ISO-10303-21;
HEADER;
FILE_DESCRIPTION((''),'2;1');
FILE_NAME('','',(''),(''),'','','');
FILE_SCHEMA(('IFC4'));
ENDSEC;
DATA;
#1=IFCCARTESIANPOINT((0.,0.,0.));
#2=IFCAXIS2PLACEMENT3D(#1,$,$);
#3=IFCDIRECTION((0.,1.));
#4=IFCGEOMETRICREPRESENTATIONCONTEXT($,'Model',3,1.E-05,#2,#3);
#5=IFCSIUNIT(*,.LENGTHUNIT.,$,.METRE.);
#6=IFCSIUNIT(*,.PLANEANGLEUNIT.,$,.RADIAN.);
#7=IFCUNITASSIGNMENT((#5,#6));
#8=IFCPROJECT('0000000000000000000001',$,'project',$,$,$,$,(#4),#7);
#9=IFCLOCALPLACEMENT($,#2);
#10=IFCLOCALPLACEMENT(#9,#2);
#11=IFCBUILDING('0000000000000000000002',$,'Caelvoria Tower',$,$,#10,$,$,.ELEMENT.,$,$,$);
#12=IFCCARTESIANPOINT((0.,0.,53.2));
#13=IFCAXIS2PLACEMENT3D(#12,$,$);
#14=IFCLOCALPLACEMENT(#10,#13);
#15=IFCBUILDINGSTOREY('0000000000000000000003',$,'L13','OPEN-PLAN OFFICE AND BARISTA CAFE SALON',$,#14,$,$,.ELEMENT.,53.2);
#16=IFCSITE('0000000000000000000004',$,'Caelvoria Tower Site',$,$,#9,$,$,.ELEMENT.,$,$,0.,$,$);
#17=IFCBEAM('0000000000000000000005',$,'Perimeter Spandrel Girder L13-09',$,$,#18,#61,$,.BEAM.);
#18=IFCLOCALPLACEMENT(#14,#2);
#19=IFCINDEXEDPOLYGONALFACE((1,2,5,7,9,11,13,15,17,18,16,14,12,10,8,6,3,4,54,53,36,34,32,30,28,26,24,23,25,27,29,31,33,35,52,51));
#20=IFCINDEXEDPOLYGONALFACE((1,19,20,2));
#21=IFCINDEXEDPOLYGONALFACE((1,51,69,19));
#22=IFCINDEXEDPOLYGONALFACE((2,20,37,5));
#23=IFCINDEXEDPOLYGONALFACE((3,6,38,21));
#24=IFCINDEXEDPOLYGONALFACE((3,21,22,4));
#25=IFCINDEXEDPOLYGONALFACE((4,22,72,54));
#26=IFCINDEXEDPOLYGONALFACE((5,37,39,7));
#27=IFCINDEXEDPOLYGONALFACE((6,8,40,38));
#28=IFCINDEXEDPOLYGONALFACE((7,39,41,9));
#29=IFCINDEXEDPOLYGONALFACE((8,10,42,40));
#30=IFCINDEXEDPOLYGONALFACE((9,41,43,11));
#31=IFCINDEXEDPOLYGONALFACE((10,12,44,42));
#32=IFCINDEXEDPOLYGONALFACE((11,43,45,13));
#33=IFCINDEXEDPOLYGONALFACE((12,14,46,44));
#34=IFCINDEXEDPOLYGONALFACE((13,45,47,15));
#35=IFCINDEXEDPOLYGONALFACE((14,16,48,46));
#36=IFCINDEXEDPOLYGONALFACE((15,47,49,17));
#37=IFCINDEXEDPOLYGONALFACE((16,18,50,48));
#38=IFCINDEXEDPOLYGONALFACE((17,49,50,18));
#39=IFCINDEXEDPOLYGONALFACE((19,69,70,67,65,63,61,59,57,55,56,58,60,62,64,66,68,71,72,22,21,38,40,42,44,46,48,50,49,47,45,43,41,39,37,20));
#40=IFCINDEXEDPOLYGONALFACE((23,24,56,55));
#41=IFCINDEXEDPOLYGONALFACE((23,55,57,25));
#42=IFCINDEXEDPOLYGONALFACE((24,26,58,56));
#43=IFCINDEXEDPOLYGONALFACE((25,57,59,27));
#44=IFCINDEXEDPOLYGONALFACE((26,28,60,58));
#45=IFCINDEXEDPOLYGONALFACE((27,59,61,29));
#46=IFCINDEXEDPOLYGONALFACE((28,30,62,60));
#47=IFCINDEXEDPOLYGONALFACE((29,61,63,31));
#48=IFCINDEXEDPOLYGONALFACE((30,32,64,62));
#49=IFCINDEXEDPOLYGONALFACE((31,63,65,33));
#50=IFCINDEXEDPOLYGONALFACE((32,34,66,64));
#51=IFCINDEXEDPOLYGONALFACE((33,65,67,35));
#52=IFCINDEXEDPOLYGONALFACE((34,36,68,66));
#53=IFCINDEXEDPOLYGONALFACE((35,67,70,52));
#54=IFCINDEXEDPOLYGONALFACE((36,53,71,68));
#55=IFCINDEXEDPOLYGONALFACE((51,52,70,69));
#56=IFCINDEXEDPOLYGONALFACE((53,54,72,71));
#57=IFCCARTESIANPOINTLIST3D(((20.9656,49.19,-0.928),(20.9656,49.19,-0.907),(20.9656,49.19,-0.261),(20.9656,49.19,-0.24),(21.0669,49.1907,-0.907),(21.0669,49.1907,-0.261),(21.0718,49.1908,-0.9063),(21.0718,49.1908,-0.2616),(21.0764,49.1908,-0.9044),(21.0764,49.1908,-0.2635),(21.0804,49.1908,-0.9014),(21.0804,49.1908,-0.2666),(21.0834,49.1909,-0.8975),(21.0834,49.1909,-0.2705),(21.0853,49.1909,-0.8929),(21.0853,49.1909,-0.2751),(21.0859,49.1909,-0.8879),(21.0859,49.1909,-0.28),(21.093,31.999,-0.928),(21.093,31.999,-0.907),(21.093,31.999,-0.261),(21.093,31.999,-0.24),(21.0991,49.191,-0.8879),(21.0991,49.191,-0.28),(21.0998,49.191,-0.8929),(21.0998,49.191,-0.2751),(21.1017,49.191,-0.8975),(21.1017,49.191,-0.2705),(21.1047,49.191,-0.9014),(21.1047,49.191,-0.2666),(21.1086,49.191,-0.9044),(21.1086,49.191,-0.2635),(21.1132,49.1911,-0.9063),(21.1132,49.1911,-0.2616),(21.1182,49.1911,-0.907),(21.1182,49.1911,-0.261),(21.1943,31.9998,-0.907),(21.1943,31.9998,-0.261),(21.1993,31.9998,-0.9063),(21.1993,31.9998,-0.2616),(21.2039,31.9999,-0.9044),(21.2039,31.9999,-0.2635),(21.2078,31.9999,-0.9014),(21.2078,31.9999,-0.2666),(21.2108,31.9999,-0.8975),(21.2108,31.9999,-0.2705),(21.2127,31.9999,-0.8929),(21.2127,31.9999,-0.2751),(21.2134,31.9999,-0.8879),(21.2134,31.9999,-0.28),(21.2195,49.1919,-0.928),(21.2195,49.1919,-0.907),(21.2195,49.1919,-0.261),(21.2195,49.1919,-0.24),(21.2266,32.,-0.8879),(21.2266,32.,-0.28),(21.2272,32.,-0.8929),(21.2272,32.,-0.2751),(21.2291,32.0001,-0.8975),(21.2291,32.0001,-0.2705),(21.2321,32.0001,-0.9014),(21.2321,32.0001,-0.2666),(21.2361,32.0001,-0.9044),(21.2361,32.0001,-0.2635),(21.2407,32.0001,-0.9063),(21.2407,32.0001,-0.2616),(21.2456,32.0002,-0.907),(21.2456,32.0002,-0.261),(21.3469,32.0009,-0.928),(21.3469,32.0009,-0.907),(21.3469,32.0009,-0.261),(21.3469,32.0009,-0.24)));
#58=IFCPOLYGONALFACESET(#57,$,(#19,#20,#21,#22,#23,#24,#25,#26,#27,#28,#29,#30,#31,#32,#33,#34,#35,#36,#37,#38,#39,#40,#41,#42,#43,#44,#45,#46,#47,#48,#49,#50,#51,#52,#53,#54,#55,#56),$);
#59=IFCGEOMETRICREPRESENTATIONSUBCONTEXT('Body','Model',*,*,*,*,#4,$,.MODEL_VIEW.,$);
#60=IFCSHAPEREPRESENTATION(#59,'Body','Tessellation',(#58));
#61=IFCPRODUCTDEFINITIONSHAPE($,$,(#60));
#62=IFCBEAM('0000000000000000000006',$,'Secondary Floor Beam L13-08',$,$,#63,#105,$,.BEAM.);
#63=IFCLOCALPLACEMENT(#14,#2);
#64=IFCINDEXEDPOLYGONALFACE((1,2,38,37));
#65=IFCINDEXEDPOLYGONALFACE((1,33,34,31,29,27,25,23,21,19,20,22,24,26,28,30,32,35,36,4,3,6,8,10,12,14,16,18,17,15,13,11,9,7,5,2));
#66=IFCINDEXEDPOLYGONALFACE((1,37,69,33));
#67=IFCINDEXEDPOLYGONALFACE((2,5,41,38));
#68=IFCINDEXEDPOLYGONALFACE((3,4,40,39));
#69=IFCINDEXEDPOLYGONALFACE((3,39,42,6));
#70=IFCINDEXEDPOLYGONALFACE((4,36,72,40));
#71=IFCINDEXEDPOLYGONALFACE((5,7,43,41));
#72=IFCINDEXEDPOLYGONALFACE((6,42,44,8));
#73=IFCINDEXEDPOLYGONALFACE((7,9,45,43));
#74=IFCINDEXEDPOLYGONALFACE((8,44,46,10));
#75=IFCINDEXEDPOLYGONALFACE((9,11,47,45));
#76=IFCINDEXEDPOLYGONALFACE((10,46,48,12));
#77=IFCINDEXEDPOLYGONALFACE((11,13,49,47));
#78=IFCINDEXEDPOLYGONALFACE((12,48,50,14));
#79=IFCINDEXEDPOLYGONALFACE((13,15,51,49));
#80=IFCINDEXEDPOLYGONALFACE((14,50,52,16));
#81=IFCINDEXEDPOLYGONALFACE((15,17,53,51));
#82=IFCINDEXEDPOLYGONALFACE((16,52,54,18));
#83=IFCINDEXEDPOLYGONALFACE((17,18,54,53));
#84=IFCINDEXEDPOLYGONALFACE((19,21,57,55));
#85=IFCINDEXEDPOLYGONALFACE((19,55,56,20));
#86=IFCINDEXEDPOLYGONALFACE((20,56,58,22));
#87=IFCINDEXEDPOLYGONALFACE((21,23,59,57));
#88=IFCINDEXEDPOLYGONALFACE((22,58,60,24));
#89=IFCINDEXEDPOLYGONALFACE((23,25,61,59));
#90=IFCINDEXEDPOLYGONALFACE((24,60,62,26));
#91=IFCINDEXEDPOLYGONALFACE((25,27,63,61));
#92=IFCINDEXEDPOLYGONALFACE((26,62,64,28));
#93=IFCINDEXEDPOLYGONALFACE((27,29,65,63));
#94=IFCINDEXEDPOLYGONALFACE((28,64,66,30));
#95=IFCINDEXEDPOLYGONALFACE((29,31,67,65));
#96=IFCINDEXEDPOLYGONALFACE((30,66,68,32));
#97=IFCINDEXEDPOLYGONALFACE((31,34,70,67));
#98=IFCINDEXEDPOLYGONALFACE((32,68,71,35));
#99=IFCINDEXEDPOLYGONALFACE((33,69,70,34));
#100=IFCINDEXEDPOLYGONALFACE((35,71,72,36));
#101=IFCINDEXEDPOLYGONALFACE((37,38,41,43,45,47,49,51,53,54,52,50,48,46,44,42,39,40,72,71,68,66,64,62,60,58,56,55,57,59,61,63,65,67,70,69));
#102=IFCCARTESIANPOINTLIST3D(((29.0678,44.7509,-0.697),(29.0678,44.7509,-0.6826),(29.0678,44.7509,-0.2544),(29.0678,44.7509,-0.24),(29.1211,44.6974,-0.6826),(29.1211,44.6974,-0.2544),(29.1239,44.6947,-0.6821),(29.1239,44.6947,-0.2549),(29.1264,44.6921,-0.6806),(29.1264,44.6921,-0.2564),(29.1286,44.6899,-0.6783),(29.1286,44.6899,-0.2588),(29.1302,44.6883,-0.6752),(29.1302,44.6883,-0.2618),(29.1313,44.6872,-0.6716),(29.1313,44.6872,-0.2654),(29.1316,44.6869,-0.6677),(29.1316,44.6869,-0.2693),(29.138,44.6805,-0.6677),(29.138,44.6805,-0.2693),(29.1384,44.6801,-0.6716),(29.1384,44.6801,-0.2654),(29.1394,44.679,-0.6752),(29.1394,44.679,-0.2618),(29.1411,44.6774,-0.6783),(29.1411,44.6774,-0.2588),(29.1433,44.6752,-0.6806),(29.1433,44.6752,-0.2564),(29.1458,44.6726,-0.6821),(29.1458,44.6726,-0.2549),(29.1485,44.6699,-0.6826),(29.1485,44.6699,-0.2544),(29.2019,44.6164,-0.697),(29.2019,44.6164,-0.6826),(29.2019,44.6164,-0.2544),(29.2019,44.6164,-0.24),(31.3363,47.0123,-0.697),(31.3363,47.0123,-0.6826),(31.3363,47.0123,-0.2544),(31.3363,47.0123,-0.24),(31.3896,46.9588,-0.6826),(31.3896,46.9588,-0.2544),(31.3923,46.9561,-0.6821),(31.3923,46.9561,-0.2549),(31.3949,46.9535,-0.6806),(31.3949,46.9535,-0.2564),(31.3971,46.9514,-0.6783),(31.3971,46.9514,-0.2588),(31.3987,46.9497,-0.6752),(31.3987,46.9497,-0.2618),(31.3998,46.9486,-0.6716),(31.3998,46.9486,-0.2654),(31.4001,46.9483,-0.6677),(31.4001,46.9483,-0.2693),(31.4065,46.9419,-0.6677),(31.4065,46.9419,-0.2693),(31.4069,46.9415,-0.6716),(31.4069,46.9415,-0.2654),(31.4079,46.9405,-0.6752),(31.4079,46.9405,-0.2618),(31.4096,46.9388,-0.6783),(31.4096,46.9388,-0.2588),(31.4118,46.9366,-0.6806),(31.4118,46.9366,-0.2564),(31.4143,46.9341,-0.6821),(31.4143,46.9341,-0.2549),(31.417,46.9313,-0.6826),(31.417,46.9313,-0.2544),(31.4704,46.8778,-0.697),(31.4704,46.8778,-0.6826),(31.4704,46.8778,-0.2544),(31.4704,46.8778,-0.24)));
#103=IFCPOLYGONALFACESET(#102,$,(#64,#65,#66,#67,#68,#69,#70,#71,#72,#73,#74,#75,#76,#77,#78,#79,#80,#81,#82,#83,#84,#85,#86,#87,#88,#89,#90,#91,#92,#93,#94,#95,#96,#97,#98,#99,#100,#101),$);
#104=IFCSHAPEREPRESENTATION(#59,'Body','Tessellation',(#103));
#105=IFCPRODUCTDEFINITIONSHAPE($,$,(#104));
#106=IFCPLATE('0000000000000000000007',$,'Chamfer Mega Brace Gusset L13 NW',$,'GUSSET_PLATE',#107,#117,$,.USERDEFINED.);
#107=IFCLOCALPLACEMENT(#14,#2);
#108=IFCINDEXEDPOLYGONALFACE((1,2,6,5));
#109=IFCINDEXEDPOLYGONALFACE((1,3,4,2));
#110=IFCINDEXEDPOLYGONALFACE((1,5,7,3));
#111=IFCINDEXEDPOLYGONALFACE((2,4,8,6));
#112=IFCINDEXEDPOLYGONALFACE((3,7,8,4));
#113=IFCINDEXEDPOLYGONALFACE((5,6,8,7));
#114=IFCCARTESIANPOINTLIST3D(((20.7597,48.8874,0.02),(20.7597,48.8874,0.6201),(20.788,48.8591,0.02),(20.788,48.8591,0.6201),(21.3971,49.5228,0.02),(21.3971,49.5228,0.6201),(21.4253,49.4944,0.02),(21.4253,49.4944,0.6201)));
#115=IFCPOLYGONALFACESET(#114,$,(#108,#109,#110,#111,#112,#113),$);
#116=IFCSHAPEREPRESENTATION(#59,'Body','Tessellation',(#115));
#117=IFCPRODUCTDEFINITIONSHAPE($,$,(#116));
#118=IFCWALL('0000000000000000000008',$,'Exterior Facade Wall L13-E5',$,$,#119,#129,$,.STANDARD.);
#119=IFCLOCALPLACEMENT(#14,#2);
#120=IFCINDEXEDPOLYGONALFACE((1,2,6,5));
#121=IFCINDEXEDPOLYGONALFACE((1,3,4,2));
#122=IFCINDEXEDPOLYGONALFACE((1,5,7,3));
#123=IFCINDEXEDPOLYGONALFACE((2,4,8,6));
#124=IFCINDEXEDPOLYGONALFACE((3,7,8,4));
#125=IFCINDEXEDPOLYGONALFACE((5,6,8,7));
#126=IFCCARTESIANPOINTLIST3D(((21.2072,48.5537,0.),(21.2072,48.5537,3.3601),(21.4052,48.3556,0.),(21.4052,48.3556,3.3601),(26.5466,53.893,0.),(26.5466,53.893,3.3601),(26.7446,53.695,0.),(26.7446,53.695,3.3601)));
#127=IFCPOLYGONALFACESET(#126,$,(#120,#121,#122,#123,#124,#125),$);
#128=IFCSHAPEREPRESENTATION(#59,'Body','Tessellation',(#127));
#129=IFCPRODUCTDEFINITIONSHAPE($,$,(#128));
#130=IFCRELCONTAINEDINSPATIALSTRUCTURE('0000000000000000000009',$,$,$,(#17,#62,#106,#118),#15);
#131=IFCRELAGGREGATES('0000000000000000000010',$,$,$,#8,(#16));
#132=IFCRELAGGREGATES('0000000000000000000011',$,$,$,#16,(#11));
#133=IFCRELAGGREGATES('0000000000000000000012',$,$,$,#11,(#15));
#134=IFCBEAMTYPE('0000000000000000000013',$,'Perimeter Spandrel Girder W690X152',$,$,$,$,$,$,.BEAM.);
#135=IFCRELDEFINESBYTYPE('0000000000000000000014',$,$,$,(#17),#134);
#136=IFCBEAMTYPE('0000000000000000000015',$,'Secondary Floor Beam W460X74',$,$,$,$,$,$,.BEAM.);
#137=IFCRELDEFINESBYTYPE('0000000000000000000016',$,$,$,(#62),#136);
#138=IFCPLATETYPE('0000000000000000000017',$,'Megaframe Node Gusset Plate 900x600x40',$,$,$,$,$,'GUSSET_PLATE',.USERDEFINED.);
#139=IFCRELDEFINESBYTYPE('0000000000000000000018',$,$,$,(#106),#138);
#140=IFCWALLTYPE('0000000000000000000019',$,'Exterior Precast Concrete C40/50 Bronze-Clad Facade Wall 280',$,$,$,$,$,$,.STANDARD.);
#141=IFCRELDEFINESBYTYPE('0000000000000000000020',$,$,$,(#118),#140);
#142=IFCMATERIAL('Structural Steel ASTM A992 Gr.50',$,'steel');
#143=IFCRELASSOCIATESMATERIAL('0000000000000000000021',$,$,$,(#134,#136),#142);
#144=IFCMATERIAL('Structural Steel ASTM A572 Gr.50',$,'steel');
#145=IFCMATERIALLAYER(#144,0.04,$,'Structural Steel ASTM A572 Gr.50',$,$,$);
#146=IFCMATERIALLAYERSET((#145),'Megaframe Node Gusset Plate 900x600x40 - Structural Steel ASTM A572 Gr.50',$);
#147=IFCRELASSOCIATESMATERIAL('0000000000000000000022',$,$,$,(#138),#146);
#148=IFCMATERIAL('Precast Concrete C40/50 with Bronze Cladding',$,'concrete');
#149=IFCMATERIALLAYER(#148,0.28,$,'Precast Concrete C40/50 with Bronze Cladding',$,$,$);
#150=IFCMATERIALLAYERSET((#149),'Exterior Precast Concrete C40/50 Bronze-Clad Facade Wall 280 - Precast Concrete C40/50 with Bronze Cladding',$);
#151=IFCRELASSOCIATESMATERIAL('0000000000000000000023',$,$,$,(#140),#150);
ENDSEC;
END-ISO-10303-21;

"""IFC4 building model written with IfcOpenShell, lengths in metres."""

from ifc_helpers import new_model, si_unit, direction, frame, frame_2d, origin, origin_2d, place, context, subcontext, project, spatial, rectangle, i_section, extrude, material, layer, layer_set, material_profile, profile_set, type_object, element, save


model = new_model("IFC4")

# Units and contexts
model_context = context("Model", 3, precision=1e-05, world=origin(), true_north=direction((0.0, 1.0)))
body_context = subcontext(model_context, "Body", "Model", "MODEL_VIEW")
ifc_project = project(units=[si_unit("LENGTHUNIT", "METRE"), si_unit("PLANEANGLEUNIT", "RADIAN")], contexts=[model_context])

# Site, building, storey
site_placement = place(None, origin())
site = spatial("IfcSite", under=ifc_project, at=site_placement, Name="Caelvoria Tower Site", CompositionType="ELEMENT", RefElevation=0.0)
building_placement = place(site_placement, origin())
building = spatial("IfcBuilding", under=site, at=building_placement, Name="Caelvoria Tower", CompositionType="ELEMENT")
storey_placement = place(building_placement, frame((0.0, 0.0, 53.2)))
storey = spatial("IfcBuildingStorey", under=building, at=storey_placement, Name="L13", Description="OPEN-PLAN OFFICE AND BARISTA CAFE SALON", CompositionType="ELEMENT", Elevation=53.2)

# Shared definitions
ifc_material_1 = material(Name="Structural Steel ASTM A572 Gr.50", Category="steel")

# Beams
ifc_material_2 = material(Name="Structural Steel ASTM A992 Gr.50", Category="steel")
ifc_material_profile_1 = material_profile(ifc_material_2, i_section(OverallWidth=0.2539, OverallDepth=0.688, WebThickness=0.0132, FlangeThickness=0.021, FilletRadius=0.019, at=origin_2d()), Name="Structural Steel ASTM A992 Gr.50")
ifc_profile_set_1 = profile_set([ifc_material_profile_1], Name="W690X152 - Structural Steel ASTM A992 Gr.50")
beam_type_1 = type_object("IfcBeamType", Name="Perimeter Spandrel Girder W690X152", PredefinedType="BEAM", material=ifc_profile_set_1)
beam_1_placement = place(storey_placement, frame((21.0925, 49.1909, -0.584), z_axis=(0.007413, -0.999973, 0.0), x_axis=(0.999973, 0.007413, 0.0)))
element("IfcBeam", 1, at=beam_1_placement, inside=storey, type_object=beam_type_1, Name="Perimeter Spandrel Girder L13-09", PredefinedType="BEAM", context=body_context, shape_type="SweptSolid", body=[
    extrude(i_section(OverallWidth=0.2539, OverallDepth=0.688, WebThickness=0.0132, FlangeThickness=0.021, FilletRadius=0.019, at=origin_2d()), origin(), (0.0, 0.0, 1.0), 17.1914),
])
ifc_material_profile_2 = material_profile(ifc_material_2, i_section(OverallWidth=0.1899, OverallDepth=0.457, WebThickness=0.009, FlangeThickness=0.0144, FilletRadius=0.0149, at=origin_2d()), Name="Structural Steel ASTM A992 Gr.50")
ifc_profile_set_2 = profile_set([ifc_material_profile_2], Name="W460X74 - Structural Steel ASTM A992 Gr.50")
beam_type_2 = type_object("IfcBeamType", Name="Secondary Floor Beam W460X74", PredefinedType="BEAM", material=ifc_profile_set_2)
beam_2_placement = place(storey_placement, frame((31.4033, 46.9451, -0.4685), z_axis=(-0.708211, -0.706001, 0.0), x_axis=(0.706001, -0.708211, 0.0)))
element("IfcBeam", 2, at=beam_2_placement, inside=storey, type_object=beam_type_2, Name="Secondary Floor Beam L13-08", PredefinedType="BEAM", context=body_context, shape_type="SweptSolid", body=[
    extrude(i_section(OverallWidth=0.1899, OverallDepth=0.457, WebThickness=0.009, FlangeThickness=0.0144, FilletRadius=0.0149, at=origin_2d()), origin(), (0.0, 0.0, 1.0), 3.2031),
])

# Plate
ifc_layer_1 = layer(ifc_material_1, 0.04, Name="Structural Steel ASTM A572 Gr.50")
ifc_layer_set_1 = layer_set([ifc_layer_1], Name="Megaframe Node Gusset Plate 900x600x40 - Structural Steel ASTM A572 Gr.50")
plate_type = type_object("IfcPlateType", Name="Megaframe Node Gusset Plate 900x600x40", ElementType="GUSSET_PLATE", PredefinedType="USERDEFINED", material=ifc_layer_set_1)
plate_placement = place(storey_placement, frame((21.0925, 49.1909, 0.02), z_axis=(0.0, 0.0, 1.0), x_axis=(0.70822, 0.705991, 0.0)))
element("IfcPlate", 3, at=plate_placement, inside=storey, type_object=plate_type, Name="Chamfer Mega Brace Gusset L13 NW", ObjectType="GUSSET_PLATE", PredefinedType="USERDEFINED", context=body_context, shape_type="SweptSolid", body=[
    extrude(rectangle(XDim=0.8999, YDim=0.04, at=origin_2d()), origin(), (0.0, 0.0, 1.0), 0.6001),
])

# Wall
ifc_material_3 = material(Name="Precast Concrete C40/50 with Bronze Cladding", Category="concrete")
ifc_layer_2 = layer(ifc_material_3, 0.28, Name="Precast Concrete C40/50 with Bronze Cladding")
ifc_layer_set_2 = layer_set([ifc_layer_2], Name="Exterior Precast Concrete C40/50 Bronze-Clad Facade Wall 280 - Precast Concrete C40/50 with Bronze Cladding")
wall_type = type_object("IfcWallType", Name="Exterior Precast Concrete C40/50 Bronze-Clad Facade Wall 280", PredefinedType="STANDARD", material=ifc_layer_set_2)
wall_1_placement = place(storey_placement, frame((26.6455, 53.7939, 0.0), z_axis=(0.0, 0.0, 1.0), x_axis=(-0.707107, -0.707107, 0.0)))
element("IfcWall", 4, at=wall_1_placement, inside=storey, type_object=wall_type, Name="Exterior Facade Wall L13-E5", PredefinedType="STANDARD", context=body_context, shape_type="SweptSolid", body=[
    extrude(rectangle(XDim=7.551, YDim=0.28, at=frame_2d((3.7754, 0.0))), origin(), (0.0, 0.0, 1.0), 3.3601),
])

save(model, "model.ifc")
